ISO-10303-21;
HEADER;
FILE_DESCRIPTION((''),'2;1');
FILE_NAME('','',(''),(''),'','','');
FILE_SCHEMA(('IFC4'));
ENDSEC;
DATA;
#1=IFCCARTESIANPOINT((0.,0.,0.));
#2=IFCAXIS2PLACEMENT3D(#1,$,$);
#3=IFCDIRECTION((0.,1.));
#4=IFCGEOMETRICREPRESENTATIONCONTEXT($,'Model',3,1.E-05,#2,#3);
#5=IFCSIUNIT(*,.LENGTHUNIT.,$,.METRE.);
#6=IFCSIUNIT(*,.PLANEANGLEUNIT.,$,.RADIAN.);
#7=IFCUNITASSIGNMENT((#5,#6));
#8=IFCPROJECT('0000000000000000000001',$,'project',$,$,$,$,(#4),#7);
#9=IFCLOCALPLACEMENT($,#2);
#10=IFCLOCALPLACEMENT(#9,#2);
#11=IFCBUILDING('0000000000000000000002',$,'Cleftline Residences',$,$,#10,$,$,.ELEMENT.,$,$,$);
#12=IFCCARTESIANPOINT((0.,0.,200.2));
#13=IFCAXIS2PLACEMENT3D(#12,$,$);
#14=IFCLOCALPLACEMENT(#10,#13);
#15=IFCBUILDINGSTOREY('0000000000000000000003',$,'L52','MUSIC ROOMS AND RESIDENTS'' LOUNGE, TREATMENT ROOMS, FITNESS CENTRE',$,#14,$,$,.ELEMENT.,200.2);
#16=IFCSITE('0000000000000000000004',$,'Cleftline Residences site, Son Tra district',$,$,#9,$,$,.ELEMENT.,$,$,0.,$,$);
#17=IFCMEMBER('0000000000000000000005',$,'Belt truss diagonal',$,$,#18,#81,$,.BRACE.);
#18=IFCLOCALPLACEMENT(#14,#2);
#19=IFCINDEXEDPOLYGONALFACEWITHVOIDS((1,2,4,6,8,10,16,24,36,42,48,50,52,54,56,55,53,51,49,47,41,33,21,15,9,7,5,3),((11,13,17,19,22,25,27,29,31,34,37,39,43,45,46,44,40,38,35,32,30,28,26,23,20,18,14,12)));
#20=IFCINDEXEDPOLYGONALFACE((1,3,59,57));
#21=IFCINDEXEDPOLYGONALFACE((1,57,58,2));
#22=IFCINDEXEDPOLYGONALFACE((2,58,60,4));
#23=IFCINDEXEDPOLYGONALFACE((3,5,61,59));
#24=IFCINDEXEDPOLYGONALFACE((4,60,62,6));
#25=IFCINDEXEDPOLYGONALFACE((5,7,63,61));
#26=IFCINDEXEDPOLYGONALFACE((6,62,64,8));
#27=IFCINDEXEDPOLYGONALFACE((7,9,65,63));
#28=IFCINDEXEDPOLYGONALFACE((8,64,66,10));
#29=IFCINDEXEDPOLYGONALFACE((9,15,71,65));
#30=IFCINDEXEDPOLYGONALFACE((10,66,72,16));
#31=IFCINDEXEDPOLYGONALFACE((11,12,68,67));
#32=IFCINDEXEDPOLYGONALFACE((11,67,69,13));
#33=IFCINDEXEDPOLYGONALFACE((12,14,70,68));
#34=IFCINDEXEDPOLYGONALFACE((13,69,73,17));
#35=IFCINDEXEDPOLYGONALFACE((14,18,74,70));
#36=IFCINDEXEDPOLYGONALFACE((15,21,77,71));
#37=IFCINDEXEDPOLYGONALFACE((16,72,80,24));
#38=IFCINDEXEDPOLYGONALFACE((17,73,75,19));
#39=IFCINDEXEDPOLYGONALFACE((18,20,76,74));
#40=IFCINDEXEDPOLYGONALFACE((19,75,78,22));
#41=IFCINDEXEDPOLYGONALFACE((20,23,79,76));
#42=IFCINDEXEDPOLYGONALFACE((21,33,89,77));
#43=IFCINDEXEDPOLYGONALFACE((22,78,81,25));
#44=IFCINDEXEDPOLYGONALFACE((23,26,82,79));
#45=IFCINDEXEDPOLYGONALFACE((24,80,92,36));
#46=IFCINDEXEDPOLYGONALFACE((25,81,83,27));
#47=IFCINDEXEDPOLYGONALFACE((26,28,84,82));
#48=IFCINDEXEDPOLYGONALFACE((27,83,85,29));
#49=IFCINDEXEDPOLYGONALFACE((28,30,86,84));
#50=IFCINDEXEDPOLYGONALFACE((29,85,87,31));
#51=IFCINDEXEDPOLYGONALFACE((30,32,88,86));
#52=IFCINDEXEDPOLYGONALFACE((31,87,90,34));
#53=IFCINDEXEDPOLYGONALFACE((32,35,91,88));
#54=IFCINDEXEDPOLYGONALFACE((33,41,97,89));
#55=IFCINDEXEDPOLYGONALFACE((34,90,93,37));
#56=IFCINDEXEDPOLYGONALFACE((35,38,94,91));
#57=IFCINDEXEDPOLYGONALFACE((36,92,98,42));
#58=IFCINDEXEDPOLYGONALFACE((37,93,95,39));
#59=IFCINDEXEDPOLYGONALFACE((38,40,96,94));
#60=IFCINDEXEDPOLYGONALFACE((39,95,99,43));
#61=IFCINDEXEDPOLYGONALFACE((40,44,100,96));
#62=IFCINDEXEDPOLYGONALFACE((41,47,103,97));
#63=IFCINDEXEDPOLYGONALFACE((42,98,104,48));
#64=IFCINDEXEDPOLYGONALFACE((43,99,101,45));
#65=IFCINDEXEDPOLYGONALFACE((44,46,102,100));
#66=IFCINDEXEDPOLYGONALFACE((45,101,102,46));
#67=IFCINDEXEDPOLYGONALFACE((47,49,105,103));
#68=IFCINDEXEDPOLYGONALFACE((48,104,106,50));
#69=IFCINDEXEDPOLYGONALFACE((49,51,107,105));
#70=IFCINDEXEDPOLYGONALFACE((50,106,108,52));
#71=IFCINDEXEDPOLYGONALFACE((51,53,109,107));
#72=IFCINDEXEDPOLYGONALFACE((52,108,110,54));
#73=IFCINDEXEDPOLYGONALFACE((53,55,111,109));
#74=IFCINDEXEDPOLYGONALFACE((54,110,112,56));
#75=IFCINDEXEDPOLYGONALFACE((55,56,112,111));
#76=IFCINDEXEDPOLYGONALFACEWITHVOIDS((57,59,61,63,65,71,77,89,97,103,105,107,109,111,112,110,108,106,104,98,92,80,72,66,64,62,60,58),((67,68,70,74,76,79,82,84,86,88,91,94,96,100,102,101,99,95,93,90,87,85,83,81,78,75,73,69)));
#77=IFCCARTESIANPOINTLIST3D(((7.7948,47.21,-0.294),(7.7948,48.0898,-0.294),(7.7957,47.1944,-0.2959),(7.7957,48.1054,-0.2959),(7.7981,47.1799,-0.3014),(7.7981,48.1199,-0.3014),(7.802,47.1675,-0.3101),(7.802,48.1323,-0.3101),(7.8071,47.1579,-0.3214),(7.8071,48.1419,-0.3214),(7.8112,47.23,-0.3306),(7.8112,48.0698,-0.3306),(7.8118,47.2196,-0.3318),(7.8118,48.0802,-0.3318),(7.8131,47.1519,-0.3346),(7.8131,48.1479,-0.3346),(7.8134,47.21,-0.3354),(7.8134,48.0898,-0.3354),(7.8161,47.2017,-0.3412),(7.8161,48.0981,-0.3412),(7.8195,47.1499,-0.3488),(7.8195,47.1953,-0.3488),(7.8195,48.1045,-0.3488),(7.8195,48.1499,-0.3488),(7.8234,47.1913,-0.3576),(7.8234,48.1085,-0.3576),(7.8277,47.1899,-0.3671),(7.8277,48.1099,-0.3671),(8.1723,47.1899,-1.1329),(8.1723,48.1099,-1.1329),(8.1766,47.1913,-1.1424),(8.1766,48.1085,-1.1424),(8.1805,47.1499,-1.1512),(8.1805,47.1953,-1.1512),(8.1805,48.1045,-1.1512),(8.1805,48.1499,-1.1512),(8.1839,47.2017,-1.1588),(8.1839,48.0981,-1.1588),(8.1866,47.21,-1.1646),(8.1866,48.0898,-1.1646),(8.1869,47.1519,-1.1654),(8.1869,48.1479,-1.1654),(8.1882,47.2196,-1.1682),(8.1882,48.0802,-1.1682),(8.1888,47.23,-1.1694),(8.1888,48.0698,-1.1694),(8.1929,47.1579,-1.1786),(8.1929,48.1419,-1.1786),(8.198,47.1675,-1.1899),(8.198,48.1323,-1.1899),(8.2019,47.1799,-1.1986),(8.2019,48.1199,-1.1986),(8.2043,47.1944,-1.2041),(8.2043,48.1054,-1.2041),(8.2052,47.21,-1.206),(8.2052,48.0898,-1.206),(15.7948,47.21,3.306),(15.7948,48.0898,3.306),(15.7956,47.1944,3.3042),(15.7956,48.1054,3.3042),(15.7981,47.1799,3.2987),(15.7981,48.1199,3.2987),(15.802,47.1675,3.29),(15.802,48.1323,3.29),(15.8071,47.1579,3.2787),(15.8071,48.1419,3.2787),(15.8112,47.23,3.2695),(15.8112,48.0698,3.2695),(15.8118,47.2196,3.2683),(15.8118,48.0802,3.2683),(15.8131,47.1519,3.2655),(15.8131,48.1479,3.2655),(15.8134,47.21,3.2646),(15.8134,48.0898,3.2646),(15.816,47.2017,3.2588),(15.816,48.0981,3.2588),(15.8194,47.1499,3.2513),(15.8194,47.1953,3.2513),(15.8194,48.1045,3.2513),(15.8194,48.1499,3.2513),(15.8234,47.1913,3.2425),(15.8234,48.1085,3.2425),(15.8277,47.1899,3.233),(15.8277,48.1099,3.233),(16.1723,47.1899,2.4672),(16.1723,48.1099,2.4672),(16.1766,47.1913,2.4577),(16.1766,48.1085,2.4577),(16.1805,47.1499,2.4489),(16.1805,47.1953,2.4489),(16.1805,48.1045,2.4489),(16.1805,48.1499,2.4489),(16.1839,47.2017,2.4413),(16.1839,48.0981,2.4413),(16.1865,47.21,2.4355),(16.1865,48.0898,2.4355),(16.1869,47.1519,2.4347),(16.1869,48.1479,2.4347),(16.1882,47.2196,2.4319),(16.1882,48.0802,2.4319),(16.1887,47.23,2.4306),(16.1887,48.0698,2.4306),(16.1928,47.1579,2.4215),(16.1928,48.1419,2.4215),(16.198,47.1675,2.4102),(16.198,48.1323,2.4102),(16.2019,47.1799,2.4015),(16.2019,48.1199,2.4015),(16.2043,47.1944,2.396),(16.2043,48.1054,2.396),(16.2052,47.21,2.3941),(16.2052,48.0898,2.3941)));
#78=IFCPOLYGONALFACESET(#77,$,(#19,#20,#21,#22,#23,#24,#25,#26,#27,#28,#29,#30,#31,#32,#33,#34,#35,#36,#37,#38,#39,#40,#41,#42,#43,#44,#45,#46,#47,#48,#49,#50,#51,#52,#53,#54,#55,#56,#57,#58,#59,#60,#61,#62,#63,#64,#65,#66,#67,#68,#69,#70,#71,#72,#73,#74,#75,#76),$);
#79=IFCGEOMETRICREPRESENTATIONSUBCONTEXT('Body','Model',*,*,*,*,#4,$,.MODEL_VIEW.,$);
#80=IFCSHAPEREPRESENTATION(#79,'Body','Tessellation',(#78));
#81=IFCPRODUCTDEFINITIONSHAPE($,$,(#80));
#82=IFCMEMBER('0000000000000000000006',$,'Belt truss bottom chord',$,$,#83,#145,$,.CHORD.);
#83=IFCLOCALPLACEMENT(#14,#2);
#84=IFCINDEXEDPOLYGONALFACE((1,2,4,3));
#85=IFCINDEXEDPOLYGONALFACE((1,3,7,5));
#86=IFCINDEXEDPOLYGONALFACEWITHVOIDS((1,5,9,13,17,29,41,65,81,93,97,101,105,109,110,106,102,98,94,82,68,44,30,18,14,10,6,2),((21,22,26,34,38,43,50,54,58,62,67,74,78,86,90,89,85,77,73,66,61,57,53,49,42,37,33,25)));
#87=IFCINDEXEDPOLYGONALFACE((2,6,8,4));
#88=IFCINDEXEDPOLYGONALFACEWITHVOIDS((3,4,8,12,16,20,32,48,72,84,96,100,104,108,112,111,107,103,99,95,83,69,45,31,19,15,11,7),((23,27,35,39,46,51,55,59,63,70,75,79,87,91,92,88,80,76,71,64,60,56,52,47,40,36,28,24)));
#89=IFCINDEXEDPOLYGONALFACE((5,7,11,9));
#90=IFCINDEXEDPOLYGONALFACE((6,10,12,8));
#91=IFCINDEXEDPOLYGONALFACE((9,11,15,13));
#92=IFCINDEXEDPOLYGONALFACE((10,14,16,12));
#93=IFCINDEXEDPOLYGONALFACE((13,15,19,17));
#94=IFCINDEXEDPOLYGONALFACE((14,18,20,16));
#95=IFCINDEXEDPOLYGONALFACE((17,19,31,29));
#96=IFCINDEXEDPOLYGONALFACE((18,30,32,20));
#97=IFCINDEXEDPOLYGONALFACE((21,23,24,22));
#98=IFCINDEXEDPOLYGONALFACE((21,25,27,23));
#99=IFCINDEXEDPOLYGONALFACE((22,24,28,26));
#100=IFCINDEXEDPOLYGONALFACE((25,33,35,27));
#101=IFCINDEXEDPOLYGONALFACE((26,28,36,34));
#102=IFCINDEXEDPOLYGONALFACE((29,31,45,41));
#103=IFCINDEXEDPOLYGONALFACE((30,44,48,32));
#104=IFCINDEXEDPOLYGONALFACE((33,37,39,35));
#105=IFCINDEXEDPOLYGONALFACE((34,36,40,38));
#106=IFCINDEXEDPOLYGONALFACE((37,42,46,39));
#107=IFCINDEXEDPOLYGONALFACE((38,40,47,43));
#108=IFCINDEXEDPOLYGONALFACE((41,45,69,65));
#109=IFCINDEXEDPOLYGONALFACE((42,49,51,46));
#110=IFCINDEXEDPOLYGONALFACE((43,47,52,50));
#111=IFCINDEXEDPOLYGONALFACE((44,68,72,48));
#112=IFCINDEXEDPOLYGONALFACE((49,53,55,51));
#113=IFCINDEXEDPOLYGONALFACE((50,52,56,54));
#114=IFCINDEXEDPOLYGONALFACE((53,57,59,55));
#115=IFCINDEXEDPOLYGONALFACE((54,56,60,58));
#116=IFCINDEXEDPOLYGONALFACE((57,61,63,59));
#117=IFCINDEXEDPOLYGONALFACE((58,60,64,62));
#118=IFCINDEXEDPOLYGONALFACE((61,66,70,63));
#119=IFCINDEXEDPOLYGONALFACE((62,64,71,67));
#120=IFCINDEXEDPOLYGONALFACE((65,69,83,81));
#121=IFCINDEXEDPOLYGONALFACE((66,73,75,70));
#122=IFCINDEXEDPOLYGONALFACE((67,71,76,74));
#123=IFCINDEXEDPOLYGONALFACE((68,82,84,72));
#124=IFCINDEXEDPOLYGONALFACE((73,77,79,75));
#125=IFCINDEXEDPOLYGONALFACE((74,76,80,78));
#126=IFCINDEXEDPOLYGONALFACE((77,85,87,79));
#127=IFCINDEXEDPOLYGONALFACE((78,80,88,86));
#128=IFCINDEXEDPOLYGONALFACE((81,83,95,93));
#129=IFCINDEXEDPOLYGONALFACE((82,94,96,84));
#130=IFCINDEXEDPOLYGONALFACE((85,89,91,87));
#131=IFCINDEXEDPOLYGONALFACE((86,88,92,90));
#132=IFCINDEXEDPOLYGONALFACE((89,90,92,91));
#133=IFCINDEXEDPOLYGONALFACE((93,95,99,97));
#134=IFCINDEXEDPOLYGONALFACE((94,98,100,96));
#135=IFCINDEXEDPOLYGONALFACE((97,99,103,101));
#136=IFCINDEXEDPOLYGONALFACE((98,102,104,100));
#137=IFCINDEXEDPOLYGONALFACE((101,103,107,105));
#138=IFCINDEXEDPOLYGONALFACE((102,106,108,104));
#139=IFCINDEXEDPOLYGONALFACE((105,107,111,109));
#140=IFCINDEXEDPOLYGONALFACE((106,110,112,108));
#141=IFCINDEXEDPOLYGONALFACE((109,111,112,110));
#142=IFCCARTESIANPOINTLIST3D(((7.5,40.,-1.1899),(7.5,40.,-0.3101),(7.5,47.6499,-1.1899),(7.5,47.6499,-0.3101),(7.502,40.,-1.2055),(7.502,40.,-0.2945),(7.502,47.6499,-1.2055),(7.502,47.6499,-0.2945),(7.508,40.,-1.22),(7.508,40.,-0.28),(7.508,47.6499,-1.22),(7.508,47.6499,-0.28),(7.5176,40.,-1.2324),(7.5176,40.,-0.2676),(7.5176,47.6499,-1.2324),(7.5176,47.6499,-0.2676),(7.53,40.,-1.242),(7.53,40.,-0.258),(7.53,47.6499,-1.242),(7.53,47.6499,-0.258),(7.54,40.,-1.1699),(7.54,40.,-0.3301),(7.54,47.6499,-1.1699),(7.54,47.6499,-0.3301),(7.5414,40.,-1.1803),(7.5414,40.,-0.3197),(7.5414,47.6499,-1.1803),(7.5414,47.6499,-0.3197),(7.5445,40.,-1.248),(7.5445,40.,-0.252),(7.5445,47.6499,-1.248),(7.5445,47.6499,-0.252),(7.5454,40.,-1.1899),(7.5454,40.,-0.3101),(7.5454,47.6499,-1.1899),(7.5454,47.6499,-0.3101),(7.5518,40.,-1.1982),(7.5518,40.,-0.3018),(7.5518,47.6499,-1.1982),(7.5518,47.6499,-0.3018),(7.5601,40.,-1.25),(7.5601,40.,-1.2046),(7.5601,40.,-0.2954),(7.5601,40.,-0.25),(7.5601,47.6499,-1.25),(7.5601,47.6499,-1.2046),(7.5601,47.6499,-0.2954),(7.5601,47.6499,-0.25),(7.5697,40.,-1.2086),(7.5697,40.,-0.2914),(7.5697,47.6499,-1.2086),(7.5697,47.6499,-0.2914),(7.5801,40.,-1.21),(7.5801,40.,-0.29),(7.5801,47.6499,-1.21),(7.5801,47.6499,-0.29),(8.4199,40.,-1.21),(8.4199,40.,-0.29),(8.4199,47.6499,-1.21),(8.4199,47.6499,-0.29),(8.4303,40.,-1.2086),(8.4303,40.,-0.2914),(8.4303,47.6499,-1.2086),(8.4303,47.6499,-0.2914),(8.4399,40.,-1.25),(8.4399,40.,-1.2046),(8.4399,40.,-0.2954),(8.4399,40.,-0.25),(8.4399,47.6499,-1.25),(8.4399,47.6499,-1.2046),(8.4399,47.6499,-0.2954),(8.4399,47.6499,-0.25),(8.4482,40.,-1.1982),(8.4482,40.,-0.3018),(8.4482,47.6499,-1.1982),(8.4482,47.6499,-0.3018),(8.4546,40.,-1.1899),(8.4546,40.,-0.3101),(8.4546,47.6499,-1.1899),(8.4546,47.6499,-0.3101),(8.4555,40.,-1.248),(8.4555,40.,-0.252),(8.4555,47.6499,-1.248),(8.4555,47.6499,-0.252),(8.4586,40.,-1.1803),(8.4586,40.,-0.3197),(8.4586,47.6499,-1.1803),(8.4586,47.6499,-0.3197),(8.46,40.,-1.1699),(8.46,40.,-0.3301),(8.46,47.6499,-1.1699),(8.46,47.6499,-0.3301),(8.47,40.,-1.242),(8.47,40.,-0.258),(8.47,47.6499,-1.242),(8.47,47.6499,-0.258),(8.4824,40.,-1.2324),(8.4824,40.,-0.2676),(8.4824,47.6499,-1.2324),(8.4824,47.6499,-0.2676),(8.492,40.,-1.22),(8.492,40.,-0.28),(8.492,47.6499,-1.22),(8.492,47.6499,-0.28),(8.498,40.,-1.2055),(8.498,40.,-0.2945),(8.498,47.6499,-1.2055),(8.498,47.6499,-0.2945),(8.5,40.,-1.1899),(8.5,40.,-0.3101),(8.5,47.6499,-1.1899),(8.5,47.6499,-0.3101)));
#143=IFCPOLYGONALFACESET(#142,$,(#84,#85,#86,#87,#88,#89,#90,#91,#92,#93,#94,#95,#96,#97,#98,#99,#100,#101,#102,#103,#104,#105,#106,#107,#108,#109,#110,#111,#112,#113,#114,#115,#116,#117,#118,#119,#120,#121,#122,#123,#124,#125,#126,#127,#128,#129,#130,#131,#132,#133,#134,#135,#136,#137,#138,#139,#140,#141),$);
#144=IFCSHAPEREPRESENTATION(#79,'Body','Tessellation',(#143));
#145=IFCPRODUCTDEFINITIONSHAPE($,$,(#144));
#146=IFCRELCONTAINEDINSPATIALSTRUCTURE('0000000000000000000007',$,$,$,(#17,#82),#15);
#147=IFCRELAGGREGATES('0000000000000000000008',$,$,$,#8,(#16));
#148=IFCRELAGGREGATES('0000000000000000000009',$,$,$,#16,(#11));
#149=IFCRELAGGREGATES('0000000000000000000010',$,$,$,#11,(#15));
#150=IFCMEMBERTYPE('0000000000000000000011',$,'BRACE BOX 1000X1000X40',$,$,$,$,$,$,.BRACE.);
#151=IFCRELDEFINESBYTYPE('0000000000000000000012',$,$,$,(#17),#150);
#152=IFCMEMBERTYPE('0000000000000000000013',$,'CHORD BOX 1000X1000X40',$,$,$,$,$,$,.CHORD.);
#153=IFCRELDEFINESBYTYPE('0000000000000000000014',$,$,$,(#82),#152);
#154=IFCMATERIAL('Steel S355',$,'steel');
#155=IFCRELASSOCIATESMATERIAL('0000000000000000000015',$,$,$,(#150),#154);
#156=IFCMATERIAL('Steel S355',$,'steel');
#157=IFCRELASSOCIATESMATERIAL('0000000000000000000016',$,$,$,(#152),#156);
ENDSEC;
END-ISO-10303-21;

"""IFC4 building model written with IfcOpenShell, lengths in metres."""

from ifc_helpers import new_model, si_unit, direction, frame, origin, origin_2d, place, context, subcontext, project, spatial, hollow_rectangle, extrude, material, material_profile, profile_set, type_object, element, save


model = new_model("IFC4")

# Units and contexts
model_context = context("Model", 3, precision=1e-05, world=origin(), true_north=direction((0.0, 1.0)))
body_context = subcontext(model_context, "Body", "Model", "MODEL_VIEW")
ifc_project = project(units=[si_unit("LENGTHUNIT", "METRE"), si_unit("PLANEANGLEUNIT", "RADIAN")], contexts=[model_context])

# Site, building, storey
site_placement = place(None, origin())
site = spatial("IfcSite", under=ifc_project, at=site_placement, Name="Cleftline Residences site, Son Tra district", CompositionType="ELEMENT", RefElevation=0.0)
building_placement = place(site_placement, origin())
building = spatial("IfcBuilding", under=site, at=building_placement, Name="Cleftline Residences", CompositionType="ELEMENT")
storey_placement = place(building_placement, frame((0.0, 0.0, 200.2)))
storey = spatial("IfcBuildingStorey", under=building, at=storey_placement, Name="L52", Description="MUSIC ROOMS AND RESIDENTS' LOUNGE, TREATMENT ROOMS, FITNESS CENTRE", CompositionType="ELEMENT", Elevation=200.2)

# Members
ifc_material_1 = material(Name="Steel S355", Category="steel")
ifc_material_profile_1 = material_profile(ifc_material_1, hollow_rectangle(XDim=1.0, YDim=1.0, WallThickness=0.04, InnerFilletRadius=0.04, OuterFilletRadius=0.0601, at=origin_2d()))
ifc_profile_set_1 = profile_set([ifc_material_profile_1], Name="Steel S355")
member_type_1 = type_object("IfcMemberType", Name="BRACE BOX 1000X1000X40", PredefinedType="BRACE", material=ifc_profile_set_1)
member_placement = place(storey_placement, frame((8.0, 47.6499, -0.75), z_axis=(0.911917, 0.0, 0.410374), x_axis=(-0.410374, 0.0, 0.911917)))
element("IfcMember", 1, at=member_placement, inside=storey, type_object=member_type_1, Name="Belt truss diagonal", PredefinedType="BRACE", context=body_context, shape_type="SweptSolid", body=[
    extrude(hollow_rectangle(XDim=1.0, YDim=1.0, WallThickness=0.04, InnerFilletRadius=0.04, OuterFilletRadius=0.0601, at=origin_2d()), origin(), (0.0, 0.0, 1.0), 8.7727),
])
ifc_material_2 = material(Name="Steel S355", Category="steel")
ifc_material_profile_2 = material_profile(ifc_material_2, hollow_rectangle(XDim=1.0, YDim=1.0, WallThickness=0.04, InnerFilletRadius=0.04, OuterFilletRadius=0.0601, at=origin_2d()))
ifc_profile_set_2 = profile_set([ifc_material_profile_2], Name="Steel S355")
member_type_2 = type_object("IfcMemberType", Name="CHORD BOX 1000X1000X40", PredefinedType="CHORD", material=ifc_profile_set_2)
for number, where, z_axis, x_axis, name in (
    (2, (8.0, 40.0, -0.75), (0.0, 1.0, 0.0), (-1.0, 0.0, 0.0), "Belt truss bottom chord"),
):
    element("IfcMember", number, at=place(storey_placement, frame(where, z_axis=z_axis, x_axis=x_axis)), inside=storey, type_object=member_type_2, Name=name, PredefinedType="CHORD", context=body_context, shape_type="SweptSolid", body=[
        extrude(hollow_rectangle(XDim=1.0, YDim=1.0, WallThickness=0.04, InnerFilletRadius=0.04, OuterFilletRadius=0.0601, at=origin_2d()), origin(), (0.0, 0.0, 1.0), 7.6499),
    ])

save(model, "model.ifc")
